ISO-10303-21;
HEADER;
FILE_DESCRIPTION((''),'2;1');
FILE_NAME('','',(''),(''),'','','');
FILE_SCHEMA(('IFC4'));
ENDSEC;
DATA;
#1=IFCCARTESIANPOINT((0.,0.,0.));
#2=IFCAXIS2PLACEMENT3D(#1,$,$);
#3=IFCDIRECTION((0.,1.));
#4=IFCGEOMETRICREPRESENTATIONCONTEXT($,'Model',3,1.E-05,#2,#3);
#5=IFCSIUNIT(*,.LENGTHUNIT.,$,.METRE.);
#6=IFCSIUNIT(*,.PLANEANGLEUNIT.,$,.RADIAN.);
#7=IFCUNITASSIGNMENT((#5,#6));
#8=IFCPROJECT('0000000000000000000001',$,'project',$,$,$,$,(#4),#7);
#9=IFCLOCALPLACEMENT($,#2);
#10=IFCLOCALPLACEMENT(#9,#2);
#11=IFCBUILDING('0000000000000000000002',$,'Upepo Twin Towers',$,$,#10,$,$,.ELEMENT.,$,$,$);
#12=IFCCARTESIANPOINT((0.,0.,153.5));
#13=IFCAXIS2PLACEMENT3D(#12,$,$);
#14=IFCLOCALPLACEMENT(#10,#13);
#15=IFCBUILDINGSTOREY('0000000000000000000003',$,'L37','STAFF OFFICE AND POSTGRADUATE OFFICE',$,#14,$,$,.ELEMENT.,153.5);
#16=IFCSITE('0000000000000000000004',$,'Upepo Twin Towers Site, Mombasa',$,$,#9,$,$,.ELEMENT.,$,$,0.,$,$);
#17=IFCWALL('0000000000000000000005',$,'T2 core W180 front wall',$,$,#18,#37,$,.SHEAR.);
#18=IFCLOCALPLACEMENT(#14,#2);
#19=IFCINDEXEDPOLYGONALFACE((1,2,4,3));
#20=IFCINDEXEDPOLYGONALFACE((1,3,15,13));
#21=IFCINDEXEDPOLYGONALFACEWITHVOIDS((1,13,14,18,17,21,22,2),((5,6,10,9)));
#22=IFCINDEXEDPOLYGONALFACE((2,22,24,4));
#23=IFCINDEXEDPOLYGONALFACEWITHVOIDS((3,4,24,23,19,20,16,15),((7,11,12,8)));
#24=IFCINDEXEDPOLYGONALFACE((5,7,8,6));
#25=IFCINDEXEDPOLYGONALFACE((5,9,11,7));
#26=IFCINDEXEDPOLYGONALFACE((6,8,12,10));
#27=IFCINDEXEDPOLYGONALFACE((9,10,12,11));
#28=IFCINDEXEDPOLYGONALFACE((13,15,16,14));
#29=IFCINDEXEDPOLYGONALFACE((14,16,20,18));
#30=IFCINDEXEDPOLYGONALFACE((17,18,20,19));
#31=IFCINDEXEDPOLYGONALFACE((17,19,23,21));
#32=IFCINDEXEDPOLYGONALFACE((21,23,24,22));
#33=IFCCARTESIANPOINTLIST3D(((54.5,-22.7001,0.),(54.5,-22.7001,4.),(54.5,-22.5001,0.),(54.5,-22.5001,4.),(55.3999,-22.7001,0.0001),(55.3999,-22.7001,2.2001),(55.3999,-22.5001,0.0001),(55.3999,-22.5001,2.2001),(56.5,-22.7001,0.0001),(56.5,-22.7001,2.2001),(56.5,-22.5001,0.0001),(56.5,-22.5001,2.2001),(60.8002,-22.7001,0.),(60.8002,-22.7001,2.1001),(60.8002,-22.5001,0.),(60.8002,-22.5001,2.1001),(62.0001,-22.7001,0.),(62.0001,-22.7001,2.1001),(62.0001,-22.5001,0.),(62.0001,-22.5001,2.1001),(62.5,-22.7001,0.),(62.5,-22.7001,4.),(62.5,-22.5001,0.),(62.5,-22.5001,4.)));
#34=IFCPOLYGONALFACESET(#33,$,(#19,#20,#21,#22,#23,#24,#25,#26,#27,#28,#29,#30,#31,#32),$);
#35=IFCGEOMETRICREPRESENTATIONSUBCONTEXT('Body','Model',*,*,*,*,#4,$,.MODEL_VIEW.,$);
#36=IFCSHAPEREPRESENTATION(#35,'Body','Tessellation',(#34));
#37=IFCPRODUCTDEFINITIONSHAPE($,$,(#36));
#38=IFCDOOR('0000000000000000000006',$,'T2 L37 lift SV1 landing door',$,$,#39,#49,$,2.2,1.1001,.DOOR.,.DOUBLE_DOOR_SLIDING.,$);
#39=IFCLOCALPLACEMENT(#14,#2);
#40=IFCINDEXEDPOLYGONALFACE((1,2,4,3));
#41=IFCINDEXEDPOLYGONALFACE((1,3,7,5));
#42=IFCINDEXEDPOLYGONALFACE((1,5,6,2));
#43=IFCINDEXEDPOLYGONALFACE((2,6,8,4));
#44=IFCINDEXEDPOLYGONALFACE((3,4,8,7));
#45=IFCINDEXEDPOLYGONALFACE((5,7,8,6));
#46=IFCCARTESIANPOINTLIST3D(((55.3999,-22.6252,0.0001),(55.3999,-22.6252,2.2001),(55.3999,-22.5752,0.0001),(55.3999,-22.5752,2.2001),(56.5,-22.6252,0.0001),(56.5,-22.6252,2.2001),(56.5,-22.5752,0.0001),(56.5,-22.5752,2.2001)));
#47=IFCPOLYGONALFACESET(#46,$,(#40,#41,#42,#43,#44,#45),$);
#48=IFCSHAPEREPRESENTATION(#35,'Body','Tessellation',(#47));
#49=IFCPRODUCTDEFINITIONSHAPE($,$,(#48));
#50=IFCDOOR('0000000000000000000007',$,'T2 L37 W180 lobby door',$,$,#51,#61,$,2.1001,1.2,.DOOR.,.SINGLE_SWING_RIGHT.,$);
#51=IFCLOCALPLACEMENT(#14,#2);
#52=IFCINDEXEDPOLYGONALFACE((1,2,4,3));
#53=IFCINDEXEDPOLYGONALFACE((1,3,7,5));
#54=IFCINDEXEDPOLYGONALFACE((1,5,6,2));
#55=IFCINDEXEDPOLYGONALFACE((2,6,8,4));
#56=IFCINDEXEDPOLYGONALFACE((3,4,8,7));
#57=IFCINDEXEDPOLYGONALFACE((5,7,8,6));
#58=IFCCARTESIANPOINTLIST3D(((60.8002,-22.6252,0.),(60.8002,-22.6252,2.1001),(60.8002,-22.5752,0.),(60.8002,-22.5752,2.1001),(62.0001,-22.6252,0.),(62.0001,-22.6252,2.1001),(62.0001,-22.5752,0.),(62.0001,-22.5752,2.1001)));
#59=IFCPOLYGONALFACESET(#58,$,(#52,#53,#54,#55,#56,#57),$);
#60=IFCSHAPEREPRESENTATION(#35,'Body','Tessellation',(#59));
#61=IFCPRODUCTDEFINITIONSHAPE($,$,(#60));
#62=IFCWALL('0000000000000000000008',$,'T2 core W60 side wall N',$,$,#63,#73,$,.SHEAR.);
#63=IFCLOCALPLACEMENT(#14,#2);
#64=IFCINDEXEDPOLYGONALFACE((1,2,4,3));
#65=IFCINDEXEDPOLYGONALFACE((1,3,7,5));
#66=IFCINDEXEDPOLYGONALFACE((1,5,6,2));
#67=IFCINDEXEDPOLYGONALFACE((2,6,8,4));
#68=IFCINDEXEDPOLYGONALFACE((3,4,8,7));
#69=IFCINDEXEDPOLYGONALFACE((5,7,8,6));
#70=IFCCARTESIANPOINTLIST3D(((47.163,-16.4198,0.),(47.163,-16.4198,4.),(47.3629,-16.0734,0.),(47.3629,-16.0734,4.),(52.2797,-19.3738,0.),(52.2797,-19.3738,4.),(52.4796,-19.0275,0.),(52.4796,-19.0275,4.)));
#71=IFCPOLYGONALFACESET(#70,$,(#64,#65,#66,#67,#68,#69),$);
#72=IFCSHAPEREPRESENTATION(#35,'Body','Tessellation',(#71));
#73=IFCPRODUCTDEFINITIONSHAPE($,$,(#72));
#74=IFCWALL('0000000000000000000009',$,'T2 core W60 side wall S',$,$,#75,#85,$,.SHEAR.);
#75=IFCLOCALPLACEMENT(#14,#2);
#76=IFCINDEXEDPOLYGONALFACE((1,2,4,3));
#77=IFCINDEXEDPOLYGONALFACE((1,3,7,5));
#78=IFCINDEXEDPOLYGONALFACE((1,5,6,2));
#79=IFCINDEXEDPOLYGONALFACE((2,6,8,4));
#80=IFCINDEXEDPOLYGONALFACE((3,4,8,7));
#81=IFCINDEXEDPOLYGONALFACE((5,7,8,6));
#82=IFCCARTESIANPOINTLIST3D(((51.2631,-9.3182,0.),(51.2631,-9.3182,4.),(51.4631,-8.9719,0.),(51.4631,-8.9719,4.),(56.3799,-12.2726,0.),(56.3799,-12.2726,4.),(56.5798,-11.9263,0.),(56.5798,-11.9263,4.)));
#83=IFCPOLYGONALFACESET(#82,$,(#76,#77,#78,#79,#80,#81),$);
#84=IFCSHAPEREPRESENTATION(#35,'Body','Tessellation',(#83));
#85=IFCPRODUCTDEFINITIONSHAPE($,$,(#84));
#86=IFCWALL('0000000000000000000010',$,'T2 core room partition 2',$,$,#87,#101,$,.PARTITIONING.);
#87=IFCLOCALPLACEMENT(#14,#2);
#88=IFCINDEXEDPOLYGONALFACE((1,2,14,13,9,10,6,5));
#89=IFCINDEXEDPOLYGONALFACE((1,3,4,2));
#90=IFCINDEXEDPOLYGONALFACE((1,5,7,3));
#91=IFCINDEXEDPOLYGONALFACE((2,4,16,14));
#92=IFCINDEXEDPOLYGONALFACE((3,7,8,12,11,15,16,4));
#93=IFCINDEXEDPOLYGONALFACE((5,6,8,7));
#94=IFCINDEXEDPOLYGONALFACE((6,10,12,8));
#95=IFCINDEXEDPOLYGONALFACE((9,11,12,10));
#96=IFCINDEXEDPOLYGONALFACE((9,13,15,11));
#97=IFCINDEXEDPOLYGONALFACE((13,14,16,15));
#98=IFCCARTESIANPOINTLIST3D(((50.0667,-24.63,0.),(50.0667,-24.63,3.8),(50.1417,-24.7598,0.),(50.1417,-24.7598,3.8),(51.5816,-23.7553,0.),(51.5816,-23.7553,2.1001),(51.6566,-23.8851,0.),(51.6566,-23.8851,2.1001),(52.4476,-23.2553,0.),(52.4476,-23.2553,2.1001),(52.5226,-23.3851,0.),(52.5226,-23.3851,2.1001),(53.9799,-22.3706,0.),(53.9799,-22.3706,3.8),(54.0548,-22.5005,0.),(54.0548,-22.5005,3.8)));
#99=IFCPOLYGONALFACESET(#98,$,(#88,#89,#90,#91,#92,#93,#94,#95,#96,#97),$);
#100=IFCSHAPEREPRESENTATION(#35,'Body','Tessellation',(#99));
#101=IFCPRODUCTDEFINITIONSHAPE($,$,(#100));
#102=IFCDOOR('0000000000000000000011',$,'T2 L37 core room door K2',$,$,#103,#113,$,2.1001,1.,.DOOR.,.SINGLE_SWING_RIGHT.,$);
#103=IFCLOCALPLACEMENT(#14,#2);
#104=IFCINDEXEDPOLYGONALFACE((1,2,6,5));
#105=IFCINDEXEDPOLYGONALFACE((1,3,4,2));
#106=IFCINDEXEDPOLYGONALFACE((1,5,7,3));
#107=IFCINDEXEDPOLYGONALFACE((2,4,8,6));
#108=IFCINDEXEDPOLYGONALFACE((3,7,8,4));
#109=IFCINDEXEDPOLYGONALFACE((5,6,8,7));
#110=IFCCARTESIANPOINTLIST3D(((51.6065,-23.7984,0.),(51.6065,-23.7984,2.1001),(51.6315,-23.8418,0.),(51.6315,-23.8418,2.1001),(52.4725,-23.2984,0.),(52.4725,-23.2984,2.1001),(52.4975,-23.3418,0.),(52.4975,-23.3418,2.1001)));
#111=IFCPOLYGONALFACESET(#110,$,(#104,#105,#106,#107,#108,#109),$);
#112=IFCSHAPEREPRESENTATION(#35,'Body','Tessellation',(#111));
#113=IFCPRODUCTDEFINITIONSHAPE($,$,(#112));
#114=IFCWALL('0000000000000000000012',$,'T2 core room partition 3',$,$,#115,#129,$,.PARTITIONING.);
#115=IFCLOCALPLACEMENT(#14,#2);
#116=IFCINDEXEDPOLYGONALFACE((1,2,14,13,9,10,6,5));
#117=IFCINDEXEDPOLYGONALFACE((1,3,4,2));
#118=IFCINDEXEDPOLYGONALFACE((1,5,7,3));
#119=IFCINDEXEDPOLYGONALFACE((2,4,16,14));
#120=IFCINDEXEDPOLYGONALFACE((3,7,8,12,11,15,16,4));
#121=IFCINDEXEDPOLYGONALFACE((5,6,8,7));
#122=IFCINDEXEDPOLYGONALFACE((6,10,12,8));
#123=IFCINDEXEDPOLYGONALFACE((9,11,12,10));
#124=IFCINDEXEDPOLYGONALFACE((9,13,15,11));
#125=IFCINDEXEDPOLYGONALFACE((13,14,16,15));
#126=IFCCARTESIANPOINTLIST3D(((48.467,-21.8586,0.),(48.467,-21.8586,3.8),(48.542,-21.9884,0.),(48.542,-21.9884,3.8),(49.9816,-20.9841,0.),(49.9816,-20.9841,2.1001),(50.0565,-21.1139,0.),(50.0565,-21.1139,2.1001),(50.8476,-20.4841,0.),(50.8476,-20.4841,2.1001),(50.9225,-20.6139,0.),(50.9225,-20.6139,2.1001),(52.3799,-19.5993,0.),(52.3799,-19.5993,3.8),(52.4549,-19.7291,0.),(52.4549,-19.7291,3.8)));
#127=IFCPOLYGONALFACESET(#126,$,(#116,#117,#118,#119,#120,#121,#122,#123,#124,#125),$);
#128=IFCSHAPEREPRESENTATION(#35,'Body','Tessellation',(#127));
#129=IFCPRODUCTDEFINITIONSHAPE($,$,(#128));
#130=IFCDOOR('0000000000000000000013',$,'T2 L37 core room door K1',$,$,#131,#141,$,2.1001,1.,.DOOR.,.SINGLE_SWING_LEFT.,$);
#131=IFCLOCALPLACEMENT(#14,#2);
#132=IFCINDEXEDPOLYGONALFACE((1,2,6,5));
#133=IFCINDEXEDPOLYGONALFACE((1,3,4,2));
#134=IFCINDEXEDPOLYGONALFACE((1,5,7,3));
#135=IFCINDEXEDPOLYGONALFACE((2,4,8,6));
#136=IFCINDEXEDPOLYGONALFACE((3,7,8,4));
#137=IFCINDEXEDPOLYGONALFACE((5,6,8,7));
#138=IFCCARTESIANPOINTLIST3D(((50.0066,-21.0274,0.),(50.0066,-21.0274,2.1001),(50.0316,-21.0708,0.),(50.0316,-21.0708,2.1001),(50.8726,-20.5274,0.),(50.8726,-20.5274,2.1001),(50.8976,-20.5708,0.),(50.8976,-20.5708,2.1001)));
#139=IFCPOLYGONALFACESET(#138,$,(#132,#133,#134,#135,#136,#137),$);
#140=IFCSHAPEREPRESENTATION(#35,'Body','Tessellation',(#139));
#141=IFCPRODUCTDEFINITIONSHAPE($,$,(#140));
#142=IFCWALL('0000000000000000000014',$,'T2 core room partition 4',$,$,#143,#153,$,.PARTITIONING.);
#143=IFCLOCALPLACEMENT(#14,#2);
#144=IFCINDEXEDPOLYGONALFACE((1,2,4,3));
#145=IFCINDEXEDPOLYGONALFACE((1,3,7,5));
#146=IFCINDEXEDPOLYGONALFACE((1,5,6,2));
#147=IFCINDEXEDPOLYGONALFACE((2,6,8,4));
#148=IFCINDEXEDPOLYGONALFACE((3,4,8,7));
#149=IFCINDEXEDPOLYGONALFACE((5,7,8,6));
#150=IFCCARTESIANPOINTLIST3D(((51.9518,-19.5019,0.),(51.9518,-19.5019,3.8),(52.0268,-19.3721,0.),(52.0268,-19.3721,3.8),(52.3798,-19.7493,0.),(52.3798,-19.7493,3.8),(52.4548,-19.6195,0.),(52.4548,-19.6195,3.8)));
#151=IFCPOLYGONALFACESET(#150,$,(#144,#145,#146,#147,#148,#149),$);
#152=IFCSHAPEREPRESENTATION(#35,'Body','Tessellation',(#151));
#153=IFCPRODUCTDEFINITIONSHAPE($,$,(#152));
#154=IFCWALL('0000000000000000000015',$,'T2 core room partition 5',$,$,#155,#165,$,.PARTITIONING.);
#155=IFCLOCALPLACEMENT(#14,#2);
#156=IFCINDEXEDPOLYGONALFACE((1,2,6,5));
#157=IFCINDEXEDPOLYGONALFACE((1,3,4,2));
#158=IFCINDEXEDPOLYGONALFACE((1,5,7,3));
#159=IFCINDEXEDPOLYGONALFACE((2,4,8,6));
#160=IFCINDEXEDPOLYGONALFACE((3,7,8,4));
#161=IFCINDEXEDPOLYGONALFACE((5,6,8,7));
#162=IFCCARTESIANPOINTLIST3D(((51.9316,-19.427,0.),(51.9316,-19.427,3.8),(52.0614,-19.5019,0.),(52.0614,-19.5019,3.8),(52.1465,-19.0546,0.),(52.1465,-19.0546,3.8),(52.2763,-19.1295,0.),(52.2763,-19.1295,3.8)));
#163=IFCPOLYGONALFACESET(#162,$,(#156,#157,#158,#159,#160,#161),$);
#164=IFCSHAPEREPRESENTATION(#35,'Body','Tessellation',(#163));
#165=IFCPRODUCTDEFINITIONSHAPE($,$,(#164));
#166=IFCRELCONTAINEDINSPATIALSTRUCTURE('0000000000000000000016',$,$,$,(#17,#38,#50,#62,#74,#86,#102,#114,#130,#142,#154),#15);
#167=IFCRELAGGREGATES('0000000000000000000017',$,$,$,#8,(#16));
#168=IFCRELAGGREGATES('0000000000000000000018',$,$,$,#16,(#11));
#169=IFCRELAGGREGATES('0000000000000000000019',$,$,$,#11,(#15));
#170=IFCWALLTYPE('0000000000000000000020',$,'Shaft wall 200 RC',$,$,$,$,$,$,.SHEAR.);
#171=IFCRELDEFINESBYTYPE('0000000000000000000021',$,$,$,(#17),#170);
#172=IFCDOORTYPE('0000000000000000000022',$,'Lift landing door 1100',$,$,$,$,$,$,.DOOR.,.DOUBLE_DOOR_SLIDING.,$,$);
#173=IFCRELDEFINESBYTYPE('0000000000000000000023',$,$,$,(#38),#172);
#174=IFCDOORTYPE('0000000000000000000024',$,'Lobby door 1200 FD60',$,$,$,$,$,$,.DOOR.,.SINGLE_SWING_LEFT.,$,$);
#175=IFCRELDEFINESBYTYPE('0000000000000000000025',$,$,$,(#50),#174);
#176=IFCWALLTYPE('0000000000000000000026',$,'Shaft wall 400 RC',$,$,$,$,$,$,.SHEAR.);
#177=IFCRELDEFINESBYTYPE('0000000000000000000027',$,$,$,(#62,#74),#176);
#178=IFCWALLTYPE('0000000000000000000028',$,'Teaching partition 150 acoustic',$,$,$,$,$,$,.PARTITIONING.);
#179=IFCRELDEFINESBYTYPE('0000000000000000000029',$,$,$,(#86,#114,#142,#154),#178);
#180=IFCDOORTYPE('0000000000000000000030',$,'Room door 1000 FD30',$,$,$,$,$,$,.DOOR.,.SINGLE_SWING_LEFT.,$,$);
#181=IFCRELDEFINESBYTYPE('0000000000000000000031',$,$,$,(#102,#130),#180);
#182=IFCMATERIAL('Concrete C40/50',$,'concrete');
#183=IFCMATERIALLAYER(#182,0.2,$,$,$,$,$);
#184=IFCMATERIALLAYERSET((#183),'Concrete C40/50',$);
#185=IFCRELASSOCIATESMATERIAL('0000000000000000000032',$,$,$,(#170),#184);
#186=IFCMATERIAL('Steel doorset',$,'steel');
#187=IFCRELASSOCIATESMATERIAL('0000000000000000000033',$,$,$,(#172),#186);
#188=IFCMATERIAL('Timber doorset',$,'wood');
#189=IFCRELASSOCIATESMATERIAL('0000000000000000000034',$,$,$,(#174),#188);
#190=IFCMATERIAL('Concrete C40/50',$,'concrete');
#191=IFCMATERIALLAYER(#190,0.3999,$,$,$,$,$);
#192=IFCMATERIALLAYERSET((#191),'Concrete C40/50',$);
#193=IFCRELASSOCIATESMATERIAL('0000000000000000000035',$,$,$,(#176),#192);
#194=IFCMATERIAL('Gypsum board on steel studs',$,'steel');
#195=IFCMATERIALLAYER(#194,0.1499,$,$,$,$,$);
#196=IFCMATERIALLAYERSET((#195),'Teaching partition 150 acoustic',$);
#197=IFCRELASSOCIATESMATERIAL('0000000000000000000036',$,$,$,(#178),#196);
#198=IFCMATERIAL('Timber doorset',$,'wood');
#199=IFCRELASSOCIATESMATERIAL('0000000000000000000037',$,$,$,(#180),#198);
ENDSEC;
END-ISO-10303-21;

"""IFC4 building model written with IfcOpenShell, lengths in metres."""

from ifc_helpers import new_model, si_unit, direction, frame, frame_2d, origin, place, context, subcontext, project, spatial, rectangle, extrude, material, layer, layer_set, type_object, element, fill, save


model = new_model("IFC4")

# Units and contexts
model_context = context("Model", 3, precision=1e-05, world=origin(), true_north=direction((0.0, 1.0)))
body_context = subcontext(model_context, "Body", "Model", "MODEL_VIEW")
ifc_project = project(units=[si_unit("LENGTHUNIT", "METRE"), si_unit("PLANEANGLEUNIT", "RADIAN")], contexts=[model_context])

# Site, building, storey
site_placement = place(None, origin())
site = spatial("IfcSite", under=ifc_project, at=site_placement, Name="Upepo Twin Towers Site, Mombasa", CompositionType="ELEMENT", RefElevation=0.0)
building_placement = place(site_placement, origin())
building = spatial("IfcBuilding", under=site, at=building_placement, Name="Upepo Twin Towers", CompositionType="ELEMENT")
storey_placement = place(building_placement, frame((0.0, 0.0, 153.5)))
storey = spatial("IfcBuildingStorey", under=building, at=storey_placement, Name="L37", Description="STAFF OFFICE AND POSTGRADUATE OFFICE", CompositionType="ELEMENT", Elevation=153.5)

# Shared definitions
ifc_material_1 = material(Name="Concrete C40/50", Category="concrete")
ifc_layer_1 = layer(ifc_material_1, 0.2)
ifc_layer_set_1 = layer_set([ifc_layer_1], Name="Concrete C40/50")
wall_type_1 = type_object("IfcWallType", Name="Shaft wall 200 RC", PredefinedType="SHEAR", material=ifc_layer_set_1)

# Wall, openings, doors
wall_1_placement = place(storey_placement, frame((54.5, -22.6001, 0.0), z_axis=(0.0, 0.0, 1.0), x_axis=(1.0, 0.0, 0.0)))
wall_1 = element("IfcWall", 1, at=wall_1_placement, inside=storey, type_object=wall_type_1, Name="T2 core W180 front wall", PredefinedType="SHEAR", context=body_context, shape_type="SweptSolid", body=[
    extrude(rectangle(XDim=8.0, YDim=0.2, at=frame_2d((4.0, 0.0))), origin(), (0.0, 0.0, 1.0), 4.0),
])
opening_1_placement = place(wall_1_placement, frame((6.3, 0.0, 0.0)))
opening_1 = element("IfcOpeningElement", 2, at=opening_1_placement, cuts=wall_1, PredefinedType="OPENING", context=body_context, shape_type="SweptSolid", body=[
    extrude(rectangle(XDim=1.2, YDim=2.1001, at=frame_2d((0.6001, 1.05))), frame((0.0, 0.1099, 0.0), z_axis=(0.0, -1.0, 0.0), x_axis=(1.0, 0.0, 0.0)), (0.0, 0.0, 1.0), 0.22),
])
opening_2_placement = place(wall_1_placement, frame((0.8999, 0.0, 0.0)))
opening_2 = element("IfcOpeningElement", 3, at=opening_2_placement, cuts=wall_1, PredefinedType="OPENING", context=body_context, shape_type="SweptSolid", body=[
    extrude(rectangle(XDim=1.1001, YDim=2.2, at=frame_2d((0.55, 1.1001))), frame((0.0, 0.1099, 0.0), z_axis=(0.0, -1.0, 0.0), x_axis=(1.0, 0.0, 0.0)), (0.0, 0.0, 1.0), 0.22),
])
ifc_material_2 = material(Name="Steel doorset", Category="steel")
door_type_1 = type_object("IfcDoorType", Name="Lift landing door 1100", OperationType="DOUBLE_DOOR_SLIDING", PredefinedType="DOOR", material=ifc_material_2)
door_1_placement = place(opening_2_placement, origin())
door_1 = element("IfcDoor", 4, at=door_1_placement, inside=storey, type_object=door_type_1, Name="T2 L37 lift SV1 landing door", OperationType="DOUBLE_DOOR_SLIDING", OverallHeight=2.2, OverallWidth=1.1001, PredefinedType="DOOR", context=body_context, shape_type="SweptSolid", body=[
    extrude(rectangle(XDim=1.1001, YDim=2.2, at=frame_2d((0.55, 1.1001))), frame((0.0, 0.0249, 0.0), z_axis=(0.0, -1.0, 0.0), x_axis=(1.0, 0.0, 0.0)), (0.0, 0.0, 1.0), 0.05),
])
fill(opening_2, door_1)
ifc_material_3 = material(Name="Timber doorset", Category="wood")
door_type_2 = type_object("IfcDoorType", Name="Lobby door 1200 FD60", OperationType="SINGLE_SWING_LEFT", PredefinedType="DOOR", material=ifc_material_3)
door_2_placement = place(opening_1_placement, origin())
door_2 = element("IfcDoor", 5, at=door_2_placement, inside=storey, type_object=door_type_2, Name="T2 L37 W180 lobby door", OperationType="SINGLE_SWING_RIGHT", OverallHeight=2.1001, OverallWidth=1.2, PredefinedType="DOOR", context=body_context, shape_type="SweptSolid", body=[
    extrude(rectangle(XDim=1.2, YDim=2.1001, at=frame_2d((0.6001, 1.05))), frame((0.0, 0.0249, 0.0), z_axis=(0.0, -1.0, 0.0), x_axis=(1.0, 0.0, 0.0)), (0.0, 0.0, 1.0), 0.05),
])
fill(opening_1, door_2)

# Walls
ifc_material_4 = material(Name="Concrete C40/50", Category="concrete")
ifc_layer_2 = layer(ifc_material_4, 0.3999)
ifc_layer_set_2 = layer_set([ifc_layer_2], Name="Concrete C40/50")
wall_type_2 = type_object("IfcWallType", Name="Shaft wall 400 RC", PredefinedType="SHEAR", material=ifc_layer_set_2)
wall_2_placement = place(storey_placement, frame((52.3796, -19.2007, 0.0), z_axis=(0.0, 0.0, 1.0), x_axis=(-0.866027, 0.499997, 0.0)))
element("IfcWall", 6, at=wall_2_placement, inside=storey, type_object=wall_type_2, Name="T2 core W60 side wall N", PredefinedType="SHEAR", context=body_context, shape_type="SweptSolid", body=[
    extrude(rectangle(XDim=5.9082, YDim=0.3999, at=frame_2d((2.9541, 0.0))), origin(), (0.0, 0.0, 1.0), 4.0),
])
wall_3_placement = place(storey_placement, frame((56.4797, -12.0994, 0.0), z_axis=(0.0, 0.0, 1.0), x_axis=(-0.866009, 0.500028, 0.0)))
element("IfcWall", 7, at=wall_3_placement, inside=storey, type_object=wall_type_2, Name="T2 core W60 side wall S", PredefinedType="SHEAR", context=body_context, shape_type="SweptSolid", body=[
    extrude(rectangle(XDim=5.9084, YDim=0.3999, at=frame_2d((2.9541, 0.0))), origin(), (0.0, 0.0, 1.0), 4.0),
])

# Walls, openings, doors
ifc_material_5 = material(Name="Gypsum board on steel studs", Category="steel")
ifc_layer_3 = layer(ifc_material_5, 0.1499)
ifc_layer_set_3 = layer_set([ifc_layer_3], Name="Teaching partition 150 acoustic")
wall_type_3 = type_object("IfcWallType", Name="Teaching partition 150 acoustic", PredefinedType="PARTITIONING", material=ifc_layer_set_3)
wall_4_placement = place(storey_placement, frame((54.0173, -22.4355, 0.0), z_axis=(0.0, 0.0, 1.0), x_axis=(-0.86602, -0.500009, 0.0)))
wall_4 = element("IfcWall", 8, at=wall_4_placement, inside=storey, type_object=wall_type_3, Name="T2 core room partition 2", PredefinedType="PARTITIONING", context=body_context, shape_type="SweptSolid", body=[
    extrude(rectangle(XDim=4.5186, YDim=0.1499, at=frame_2d((2.2593, 0.0))), origin(), (0.0, 0.0, 1.0), 3.8),
])
opening_3_placement = place(wall_4_placement, frame((1.7693, 0.0, 0.0)))
opening_3 = element("IfcOpeningElement", 9, at=opening_3_placement, cuts=wall_4, PredefinedType="OPENING", context=body_context, shape_type="SweptSolid", body=[
    extrude(rectangle(XDim=1.0, YDim=2.1001, at=frame_2d((0.5, 1.05))), frame((0.0, 0.085, 0.0), z_axis=(0.0, -1.0, 0.0), x_axis=(1.0, 0.0, 0.0)), (0.0, 0.0, 1.0), 0.1699),
])
ifc_material_6 = material(Name="Timber doorset", Category="wood")
door_type_3 = type_object("IfcDoorType", Name="Room door 1000 FD30", OperationType="SINGLE_SWING_LEFT", PredefinedType="DOOR", material=ifc_material_6)
door_3_placement = place(opening_3_placement, origin())
door_3 = element("IfcDoor", 10, at=door_3_placement, inside=storey, type_object=door_type_3, Name="T2 L37 core room door K2", OperationType="SINGLE_SWING_RIGHT", OverallHeight=2.1001, OverallWidth=1.0, PredefinedType="DOOR", context=body_context, shape_type="SweptSolid", body=[
    extrude(rectangle(XDim=1.0, YDim=2.1001, at=frame_2d((0.5, 1.05))), frame((0.0, 0.0249, 0.0), z_axis=(0.0, -1.0, 0.0), x_axis=(1.0, 0.0, 0.0)), (0.0, 0.0, 1.0), 0.05),
])
fill(opening_3, door_3)
wall_5_placement = place(storey_placement, frame((48.5044, -21.9236, 0.0), z_axis=(0.0, 0.0, 1.0), x_axis=(0.866007, 0.500033, 0.0)))
wall_5 = element("IfcWall", 11, at=wall_5_placement, inside=storey, type_object=wall_type_3, Name="T2 core room partition 3", PredefinedType="PARTITIONING", context=body_context, shape_type="SweptSolid", body=[
    extrude(rectangle(XDim=4.5183, YDim=0.1499, at=frame_2d((2.2593, 0.0))), origin(), (0.0, 0.0, 1.0), 3.8),
])
opening_4_placement = place(wall_5_placement, frame((1.749, 0.0, 0.0)))
opening_4 = element("IfcOpeningElement", 12, at=opening_4_placement, cuts=wall_5, PredefinedType="OPENING", context=body_context, shape_type="SweptSolid", body=[
    extrude(rectangle(XDim=1.0, YDim=2.1001, at=frame_2d((0.5, 1.05))), frame((0.0, 0.085, 0.0), z_axis=(0.0, -1.0, 0.0), x_axis=(1.0, 0.0, 0.0)), (0.0, 0.0, 1.0), 0.1699),
])
door_4_placement = place(opening_4_placement, origin())
door_4 = element("IfcDoor", 13, at=door_4_placement, inside=storey, type_object=door_type_3, Name="T2 L37 core room door K1", OperationType="SINGLE_SWING_LEFT", OverallHeight=2.1001, OverallWidth=1.0, PredefinedType="DOOR", context=body_context, shape_type="SweptSolid", body=[
    extrude(rectangle(XDim=1.0, YDim=2.1001, at=frame_2d((0.5, 1.05))), frame((0.0, 0.0249, 0.0), z_axis=(0.0, -1.0, 0.0), x_axis=(1.0, 0.0, 0.0)), (0.0, 0.0, 1.0), 0.05),
])
fill(opening_4, door_4)

# Walls
wall_6_placement = place(storey_placement, frame((52.4172, -19.6843, 0.0), z_axis=(0.0, 0.0, 1.0), x_axis=(-0.865832, 0.500335, 0.0)))
element("IfcWall", 14, at=wall_6_placement, inside=storey, type_object=wall_type_3, Name="T2 core room partition 4", PredefinedType="PARTITIONING", context=body_context, shape_type="SweptSolid", body=[
    extrude(rectangle(XDim=0.4944, YDim=0.1499, at=frame_2d((0.2471, 0.0))), origin(), (0.0, 0.0, 1.0), 3.8),
])
for number, where, z_axis, x_axis, name in (
    (15, (51.9966, -19.4644, 0.0), (0.0, 0.0, 1.0), (0.499804, 0.866138, 0.0), "T2 core room partition 5"),
):
    element("IfcWall", number, at=place(storey_placement, frame(where, z_axis=z_axis, x_axis=x_axis)), inside=storey, type_object=wall_type_3, Name=name, PredefinedType="PARTITIONING", context=body_context, shape_type="SweptSolid", body=[
        extrude(rectangle(XDim=0.4299, YDim=0.1499, at=frame_2d((0.2148, 0.0))), origin(), (0.0, 0.0, 1.0), 3.8),
    ])

save(model, "model.ifc")
